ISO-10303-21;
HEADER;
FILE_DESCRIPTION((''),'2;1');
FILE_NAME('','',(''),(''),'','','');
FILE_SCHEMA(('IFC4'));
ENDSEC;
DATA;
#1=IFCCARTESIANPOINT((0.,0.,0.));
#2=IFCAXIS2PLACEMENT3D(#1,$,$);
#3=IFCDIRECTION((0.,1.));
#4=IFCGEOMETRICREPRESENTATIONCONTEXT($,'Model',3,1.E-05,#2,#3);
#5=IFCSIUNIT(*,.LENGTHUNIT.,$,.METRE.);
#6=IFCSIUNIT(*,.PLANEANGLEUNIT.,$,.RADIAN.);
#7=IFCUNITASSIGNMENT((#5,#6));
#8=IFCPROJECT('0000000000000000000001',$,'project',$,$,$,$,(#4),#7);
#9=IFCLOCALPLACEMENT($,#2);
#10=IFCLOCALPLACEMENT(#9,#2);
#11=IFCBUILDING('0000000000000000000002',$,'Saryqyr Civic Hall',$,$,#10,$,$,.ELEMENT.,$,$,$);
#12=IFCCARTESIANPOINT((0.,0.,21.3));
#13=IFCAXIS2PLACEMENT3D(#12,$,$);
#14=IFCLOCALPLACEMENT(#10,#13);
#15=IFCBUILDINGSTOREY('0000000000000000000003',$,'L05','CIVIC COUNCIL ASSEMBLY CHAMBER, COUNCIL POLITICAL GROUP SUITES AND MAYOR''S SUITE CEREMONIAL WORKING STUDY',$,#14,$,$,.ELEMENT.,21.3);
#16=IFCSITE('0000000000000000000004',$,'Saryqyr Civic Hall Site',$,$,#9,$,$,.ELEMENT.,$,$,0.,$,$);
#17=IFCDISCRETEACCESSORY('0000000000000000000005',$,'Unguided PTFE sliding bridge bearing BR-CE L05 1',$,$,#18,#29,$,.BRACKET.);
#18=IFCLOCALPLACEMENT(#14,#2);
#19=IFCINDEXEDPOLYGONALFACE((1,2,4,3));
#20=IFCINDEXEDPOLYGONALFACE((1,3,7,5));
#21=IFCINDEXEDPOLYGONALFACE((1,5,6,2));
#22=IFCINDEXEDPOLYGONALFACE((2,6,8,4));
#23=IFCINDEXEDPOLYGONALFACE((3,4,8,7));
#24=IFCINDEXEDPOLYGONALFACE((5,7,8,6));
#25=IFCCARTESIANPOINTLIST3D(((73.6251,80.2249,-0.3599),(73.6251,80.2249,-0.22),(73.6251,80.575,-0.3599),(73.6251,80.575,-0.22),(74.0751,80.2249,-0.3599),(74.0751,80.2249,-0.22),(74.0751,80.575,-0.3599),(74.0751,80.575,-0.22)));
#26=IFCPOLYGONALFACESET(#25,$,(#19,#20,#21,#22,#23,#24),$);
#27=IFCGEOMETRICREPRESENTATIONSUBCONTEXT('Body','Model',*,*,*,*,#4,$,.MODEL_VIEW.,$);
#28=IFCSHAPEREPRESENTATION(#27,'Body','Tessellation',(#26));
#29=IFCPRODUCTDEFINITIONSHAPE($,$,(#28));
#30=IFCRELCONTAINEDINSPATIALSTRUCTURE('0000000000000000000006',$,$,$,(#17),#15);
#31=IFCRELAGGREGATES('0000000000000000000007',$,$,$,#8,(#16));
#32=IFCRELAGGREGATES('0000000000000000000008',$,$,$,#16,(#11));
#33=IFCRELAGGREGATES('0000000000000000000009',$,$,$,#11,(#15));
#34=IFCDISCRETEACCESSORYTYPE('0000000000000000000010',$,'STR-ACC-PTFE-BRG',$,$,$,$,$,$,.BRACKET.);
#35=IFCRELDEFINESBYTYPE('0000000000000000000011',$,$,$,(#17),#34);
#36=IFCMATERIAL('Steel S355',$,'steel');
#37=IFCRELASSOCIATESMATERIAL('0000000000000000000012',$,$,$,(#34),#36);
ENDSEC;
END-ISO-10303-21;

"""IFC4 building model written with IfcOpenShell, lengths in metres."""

from ifc_helpers import new_model, si_unit, direction, frame, origin, origin_2d, place, context, subcontext, project, spatial, rectangle, extrude, material, type_object, element, save


model = new_model("IFC4")

# Units and contexts
model_context = context("Model", 3, precision=1e-05, world=origin(), true_north=direction((0.0, 1.0)))
body_context = subcontext(model_context, "Body", "Model", "MODEL_VIEW")
ifc_project = project(units=[si_unit("LENGTHUNIT", "METRE"), si_unit("PLANEANGLEUNIT", "RADIAN")], contexts=[model_context])

# Site, building, storey
site_placement = place(None, origin())
site = spatial("IfcSite", under=ifc_project, at=site_placement, Name="Saryqyr Civic Hall Site", CompositionType="ELEMENT", RefElevation=0.0)
building_placement = place(site_placement, origin())
building = spatial("IfcBuilding", under=site, at=building_placement, Name="Saryqyr Civic Hall", CompositionType="ELEMENT")
storey_placement = place(building_placement, frame((0.0, 0.0, 21.3)))
storey = spatial("IfcBuildingStorey", under=building, at=storey_placement, Name="L05", Description="CIVIC COUNCIL ASSEMBLY CHAMBER, COUNCIL POLITICAL GROUP SUITES AND MAYOR'S SUITE CEREMONIAL WORKING STUDY", CompositionType="ELEMENT", Elevation=21.3)

# Shared definitions
ifc_material_1 = material(Name="Steel S355", Category="steel")

# Discrete accessory
discrete_accessory_type = type_object("IfcDiscreteAccessoryType", Name="STR-ACC-PTFE-BRG", PredefinedType="BRACKET", material=ifc_material_1)
discrete_accessory_placement = place(storey_placement, frame((73.8501, 80.3999, -0.3599), z_axis=(0.0, 0.0, 1.0), x_axis=(1.0, 0.0, 0.0)))
element("IfcDiscreteAccessory", 1, at=discrete_accessory_placement, inside=storey, type_object=discrete_accessory_type, Name="Unguided PTFE sliding bridge bearing BR-CE L05 1", PredefinedType="BRACKET", context=body_context, shape_type="SweptSolid", body=[
    extrude(rectangle(XDim=0.45, YDim=0.3501, at=origin_2d()), origin(), (0.0, 0.0, 1.0), 0.1399),
])

save(model, "model.ifc")
